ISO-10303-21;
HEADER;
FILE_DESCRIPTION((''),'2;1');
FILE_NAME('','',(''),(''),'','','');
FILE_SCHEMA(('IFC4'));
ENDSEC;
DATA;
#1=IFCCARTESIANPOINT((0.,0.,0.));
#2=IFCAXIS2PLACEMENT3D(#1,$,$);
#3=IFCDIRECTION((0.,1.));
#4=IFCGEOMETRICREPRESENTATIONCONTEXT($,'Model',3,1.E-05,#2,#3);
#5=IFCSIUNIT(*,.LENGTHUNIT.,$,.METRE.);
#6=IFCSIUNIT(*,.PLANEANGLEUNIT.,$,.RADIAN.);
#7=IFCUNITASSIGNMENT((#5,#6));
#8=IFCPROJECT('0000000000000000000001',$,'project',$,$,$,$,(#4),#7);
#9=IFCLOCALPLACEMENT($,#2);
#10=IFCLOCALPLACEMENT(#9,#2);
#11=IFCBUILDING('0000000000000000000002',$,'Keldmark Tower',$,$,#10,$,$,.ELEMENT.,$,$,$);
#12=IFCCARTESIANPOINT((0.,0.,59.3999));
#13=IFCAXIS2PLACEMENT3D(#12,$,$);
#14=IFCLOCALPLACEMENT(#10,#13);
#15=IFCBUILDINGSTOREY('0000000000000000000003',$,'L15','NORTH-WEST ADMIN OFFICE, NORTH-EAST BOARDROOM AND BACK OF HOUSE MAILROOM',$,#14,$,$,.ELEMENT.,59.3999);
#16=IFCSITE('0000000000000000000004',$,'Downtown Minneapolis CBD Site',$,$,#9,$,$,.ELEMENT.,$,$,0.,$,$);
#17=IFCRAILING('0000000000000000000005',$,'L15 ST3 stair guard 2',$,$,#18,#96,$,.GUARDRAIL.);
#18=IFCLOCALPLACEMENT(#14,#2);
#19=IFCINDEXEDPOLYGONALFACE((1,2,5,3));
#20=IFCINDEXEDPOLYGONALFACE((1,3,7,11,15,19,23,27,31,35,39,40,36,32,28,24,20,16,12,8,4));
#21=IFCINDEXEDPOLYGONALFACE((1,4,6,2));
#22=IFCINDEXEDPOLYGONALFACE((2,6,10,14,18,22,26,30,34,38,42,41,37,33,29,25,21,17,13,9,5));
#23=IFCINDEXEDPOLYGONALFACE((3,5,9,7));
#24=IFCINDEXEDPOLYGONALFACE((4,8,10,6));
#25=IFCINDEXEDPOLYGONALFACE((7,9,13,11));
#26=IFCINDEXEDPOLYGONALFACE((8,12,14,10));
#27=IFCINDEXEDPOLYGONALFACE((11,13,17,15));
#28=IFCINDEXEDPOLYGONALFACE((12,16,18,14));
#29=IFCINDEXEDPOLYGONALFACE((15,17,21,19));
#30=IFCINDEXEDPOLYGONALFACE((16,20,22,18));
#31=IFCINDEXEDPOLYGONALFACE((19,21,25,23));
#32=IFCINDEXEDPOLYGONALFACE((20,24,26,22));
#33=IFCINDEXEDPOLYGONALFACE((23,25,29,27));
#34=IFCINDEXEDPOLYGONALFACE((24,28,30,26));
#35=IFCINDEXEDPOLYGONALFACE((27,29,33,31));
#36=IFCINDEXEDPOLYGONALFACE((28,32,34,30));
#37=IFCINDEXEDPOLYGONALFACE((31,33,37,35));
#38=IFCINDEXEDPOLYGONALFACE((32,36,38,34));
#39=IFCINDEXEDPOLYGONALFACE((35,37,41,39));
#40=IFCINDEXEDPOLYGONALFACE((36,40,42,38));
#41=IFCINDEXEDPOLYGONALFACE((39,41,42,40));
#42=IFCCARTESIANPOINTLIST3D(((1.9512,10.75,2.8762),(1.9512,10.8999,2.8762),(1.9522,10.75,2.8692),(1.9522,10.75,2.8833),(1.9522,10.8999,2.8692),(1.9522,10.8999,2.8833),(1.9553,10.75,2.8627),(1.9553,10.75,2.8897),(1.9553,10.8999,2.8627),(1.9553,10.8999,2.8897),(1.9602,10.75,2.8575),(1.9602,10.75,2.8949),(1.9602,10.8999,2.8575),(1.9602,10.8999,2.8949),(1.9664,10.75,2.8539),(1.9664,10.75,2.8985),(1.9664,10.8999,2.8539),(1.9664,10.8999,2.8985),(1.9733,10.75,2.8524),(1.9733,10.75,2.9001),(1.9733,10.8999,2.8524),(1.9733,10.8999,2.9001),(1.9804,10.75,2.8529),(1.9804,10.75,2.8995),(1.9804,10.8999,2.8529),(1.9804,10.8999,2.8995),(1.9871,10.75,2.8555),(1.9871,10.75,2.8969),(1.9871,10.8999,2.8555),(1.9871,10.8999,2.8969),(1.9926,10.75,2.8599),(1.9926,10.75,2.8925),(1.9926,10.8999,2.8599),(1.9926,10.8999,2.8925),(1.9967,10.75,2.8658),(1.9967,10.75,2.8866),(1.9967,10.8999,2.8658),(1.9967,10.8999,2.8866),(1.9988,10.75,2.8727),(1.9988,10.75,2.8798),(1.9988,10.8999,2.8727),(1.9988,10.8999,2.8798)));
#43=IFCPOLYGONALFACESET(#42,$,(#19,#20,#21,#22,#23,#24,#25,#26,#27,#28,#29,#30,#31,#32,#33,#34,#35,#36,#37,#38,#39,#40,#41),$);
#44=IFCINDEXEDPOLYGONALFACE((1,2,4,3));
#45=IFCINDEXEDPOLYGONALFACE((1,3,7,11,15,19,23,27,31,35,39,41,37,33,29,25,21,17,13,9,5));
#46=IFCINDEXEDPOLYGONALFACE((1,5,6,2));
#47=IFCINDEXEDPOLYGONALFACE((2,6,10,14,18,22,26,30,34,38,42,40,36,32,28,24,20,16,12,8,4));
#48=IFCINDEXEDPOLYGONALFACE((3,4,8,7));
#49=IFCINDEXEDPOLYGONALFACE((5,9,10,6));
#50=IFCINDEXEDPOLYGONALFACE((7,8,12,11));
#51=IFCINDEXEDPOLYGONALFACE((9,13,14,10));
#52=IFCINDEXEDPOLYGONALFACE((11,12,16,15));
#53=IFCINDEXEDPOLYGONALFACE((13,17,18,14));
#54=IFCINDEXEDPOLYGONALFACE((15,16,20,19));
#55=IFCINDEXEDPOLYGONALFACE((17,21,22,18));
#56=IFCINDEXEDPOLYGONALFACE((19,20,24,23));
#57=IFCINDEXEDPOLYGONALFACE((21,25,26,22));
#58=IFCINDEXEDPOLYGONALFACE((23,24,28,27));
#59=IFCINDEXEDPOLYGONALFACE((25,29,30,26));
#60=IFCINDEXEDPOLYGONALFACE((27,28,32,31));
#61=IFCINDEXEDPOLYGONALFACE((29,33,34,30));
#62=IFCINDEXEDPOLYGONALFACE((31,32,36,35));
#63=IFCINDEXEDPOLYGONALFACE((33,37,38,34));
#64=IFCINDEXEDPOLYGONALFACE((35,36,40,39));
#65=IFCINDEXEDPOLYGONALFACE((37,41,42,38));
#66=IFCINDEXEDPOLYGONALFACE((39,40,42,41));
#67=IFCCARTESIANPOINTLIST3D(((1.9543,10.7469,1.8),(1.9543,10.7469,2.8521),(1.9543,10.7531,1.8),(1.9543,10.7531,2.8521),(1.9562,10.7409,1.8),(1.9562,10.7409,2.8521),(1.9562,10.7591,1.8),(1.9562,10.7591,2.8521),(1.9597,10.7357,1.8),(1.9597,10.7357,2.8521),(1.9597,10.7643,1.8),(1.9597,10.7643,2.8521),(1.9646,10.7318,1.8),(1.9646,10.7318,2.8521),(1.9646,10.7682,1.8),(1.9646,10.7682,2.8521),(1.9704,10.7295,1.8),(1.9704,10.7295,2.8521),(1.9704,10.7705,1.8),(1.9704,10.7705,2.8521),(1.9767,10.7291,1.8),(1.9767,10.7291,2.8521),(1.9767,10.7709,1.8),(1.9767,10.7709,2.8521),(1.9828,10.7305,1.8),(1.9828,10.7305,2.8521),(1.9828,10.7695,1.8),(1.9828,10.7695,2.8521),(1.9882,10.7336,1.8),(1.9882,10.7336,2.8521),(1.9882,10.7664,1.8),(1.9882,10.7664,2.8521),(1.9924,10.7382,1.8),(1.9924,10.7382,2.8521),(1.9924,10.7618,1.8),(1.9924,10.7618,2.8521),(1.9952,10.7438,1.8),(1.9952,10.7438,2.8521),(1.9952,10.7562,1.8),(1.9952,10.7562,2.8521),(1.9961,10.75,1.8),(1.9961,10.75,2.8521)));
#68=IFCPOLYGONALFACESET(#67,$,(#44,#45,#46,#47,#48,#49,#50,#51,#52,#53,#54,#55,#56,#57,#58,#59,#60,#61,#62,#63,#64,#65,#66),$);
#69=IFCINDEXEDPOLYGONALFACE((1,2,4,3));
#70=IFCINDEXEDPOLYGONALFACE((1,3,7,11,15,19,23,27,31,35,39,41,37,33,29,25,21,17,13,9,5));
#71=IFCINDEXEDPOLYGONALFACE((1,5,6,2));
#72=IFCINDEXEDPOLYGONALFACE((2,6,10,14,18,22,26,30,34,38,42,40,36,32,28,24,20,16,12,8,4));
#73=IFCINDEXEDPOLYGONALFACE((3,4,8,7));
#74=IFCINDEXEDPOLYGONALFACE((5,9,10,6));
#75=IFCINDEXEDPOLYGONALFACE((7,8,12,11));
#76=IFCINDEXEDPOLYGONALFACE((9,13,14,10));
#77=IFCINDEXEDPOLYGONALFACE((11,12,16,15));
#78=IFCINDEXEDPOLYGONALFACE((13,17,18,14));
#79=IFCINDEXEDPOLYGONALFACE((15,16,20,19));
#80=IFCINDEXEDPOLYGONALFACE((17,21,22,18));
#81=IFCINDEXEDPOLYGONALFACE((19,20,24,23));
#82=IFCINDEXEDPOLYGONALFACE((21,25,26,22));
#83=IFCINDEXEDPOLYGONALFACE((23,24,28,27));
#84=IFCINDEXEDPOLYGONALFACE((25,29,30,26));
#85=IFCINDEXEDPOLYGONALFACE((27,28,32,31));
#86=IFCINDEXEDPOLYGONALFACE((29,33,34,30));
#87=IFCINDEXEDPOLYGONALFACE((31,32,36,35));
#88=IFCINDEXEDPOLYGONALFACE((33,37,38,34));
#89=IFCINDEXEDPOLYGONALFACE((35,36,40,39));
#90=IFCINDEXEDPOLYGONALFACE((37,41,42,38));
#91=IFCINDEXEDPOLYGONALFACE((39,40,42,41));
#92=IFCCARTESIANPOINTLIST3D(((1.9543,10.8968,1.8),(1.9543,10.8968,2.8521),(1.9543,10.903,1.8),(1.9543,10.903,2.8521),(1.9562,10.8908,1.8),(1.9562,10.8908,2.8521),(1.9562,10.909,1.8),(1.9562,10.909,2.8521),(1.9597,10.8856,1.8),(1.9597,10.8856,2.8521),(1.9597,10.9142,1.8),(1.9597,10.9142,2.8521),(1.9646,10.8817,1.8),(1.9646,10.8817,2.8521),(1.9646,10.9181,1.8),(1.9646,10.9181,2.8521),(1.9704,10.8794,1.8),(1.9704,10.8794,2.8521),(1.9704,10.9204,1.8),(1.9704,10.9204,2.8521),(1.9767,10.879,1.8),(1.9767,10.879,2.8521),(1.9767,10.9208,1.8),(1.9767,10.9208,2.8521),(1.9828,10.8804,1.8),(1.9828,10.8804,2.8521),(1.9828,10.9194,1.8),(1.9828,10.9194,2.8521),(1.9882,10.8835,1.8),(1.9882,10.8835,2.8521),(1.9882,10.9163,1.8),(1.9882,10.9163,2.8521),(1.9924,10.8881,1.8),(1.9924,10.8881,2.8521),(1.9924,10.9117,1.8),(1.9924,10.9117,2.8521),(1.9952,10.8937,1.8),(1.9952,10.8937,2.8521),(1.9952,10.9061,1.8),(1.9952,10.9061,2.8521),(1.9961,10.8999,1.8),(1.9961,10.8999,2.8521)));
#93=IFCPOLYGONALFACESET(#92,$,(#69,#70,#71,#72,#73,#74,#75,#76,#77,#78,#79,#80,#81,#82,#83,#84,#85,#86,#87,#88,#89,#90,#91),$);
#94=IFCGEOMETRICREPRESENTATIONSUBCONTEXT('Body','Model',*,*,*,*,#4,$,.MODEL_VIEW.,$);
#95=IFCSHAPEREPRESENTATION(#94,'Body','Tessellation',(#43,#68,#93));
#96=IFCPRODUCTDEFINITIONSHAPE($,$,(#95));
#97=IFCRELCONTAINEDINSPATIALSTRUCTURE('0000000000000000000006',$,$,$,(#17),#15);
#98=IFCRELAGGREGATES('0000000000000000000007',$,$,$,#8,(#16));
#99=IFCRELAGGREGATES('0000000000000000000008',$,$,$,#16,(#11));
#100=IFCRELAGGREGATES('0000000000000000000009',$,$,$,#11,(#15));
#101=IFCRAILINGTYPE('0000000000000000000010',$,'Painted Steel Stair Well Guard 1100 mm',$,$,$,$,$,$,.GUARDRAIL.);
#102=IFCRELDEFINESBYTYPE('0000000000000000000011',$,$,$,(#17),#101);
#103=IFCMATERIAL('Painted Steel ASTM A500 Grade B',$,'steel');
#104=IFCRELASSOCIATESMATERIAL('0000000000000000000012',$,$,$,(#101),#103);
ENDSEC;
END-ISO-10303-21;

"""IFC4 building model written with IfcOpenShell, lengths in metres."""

from ifc_helpers import new_model, si_unit, direction, frame, origin, origin_2d, place, context, subcontext, project, spatial, circle, extrude, material, type_object, element, save


model = new_model("IFC4")

# Units and contexts
model_context = context("Model", 3, precision=1e-05, world=origin(), true_north=direction((0.0, 1.0)))
body_context = subcontext(model_context, "Body", "Model", "MODEL_VIEW")
ifc_project = project(units=[si_unit("LENGTHUNIT", "METRE"), si_unit("PLANEANGLEUNIT", "RADIAN")], contexts=[model_context])

# Site, building, storey
site_placement = place(None, origin())
site = spatial("IfcSite", under=ifc_project, at=site_placement, Name="Downtown Minneapolis CBD Site", CompositionType="ELEMENT", RefElevation=0.0)
building_placement = place(site_placement, origin())
building = spatial("IfcBuilding", under=site, at=building_placement, Name="Keldmark Tower", CompositionType="ELEMENT")
storey_placement = place(building_placement, frame((0.0, 0.0, 59.3999)))
storey = spatial("IfcBuildingStorey", under=building, at=storey_placement, Name="L15", Description="NORTH-WEST ADMIN OFFICE, NORTH-EAST BOARDROOM AND BACK OF HOUSE MAILROOM", CompositionType="ELEMENT", Elevation=59.3999)

# Railing
ifc_material_1 = material(Name="Painted Steel ASTM A500 Grade B", Category="steel")
railing_type_1 = type_object("IfcRailingType", Name="Painted Steel Stair Well Guard 1100 mm", PredefinedType="GUARDRAIL", material=ifc_material_1)
railing_1_placement = place(storey_placement, frame((1.9751, 10.75, 1.8)))
element("IfcRailing", 1, at=railing_1_placement, inside=storey, type_object=railing_type_1, Name="L15 ST3 stair guard 2", PredefinedType="GUARDRAIL", context=body_context, shape_type="SweptSolid", body=[
    extrude(circle(Radius=0.0239, at=origin_2d()), frame((0.0, 0.0, 1.0762), z_axis=(0.0, 1.0, 0.0), x_axis=(-1.0, 0.0, 0.0)), (0.0, 0.0, 1.0), 0.1499),
    extrude(circle(Radius=0.021, at=origin_2d()), origin(), (0.0, 0.0, 1.0), 1.052),
    extrude(circle(Radius=0.021, at=origin_2d()), frame((0.0, 0.1499, 0.0)), (0.0, 0.0, 1.0), 1.052),
])

save(model, "model.ifc")
